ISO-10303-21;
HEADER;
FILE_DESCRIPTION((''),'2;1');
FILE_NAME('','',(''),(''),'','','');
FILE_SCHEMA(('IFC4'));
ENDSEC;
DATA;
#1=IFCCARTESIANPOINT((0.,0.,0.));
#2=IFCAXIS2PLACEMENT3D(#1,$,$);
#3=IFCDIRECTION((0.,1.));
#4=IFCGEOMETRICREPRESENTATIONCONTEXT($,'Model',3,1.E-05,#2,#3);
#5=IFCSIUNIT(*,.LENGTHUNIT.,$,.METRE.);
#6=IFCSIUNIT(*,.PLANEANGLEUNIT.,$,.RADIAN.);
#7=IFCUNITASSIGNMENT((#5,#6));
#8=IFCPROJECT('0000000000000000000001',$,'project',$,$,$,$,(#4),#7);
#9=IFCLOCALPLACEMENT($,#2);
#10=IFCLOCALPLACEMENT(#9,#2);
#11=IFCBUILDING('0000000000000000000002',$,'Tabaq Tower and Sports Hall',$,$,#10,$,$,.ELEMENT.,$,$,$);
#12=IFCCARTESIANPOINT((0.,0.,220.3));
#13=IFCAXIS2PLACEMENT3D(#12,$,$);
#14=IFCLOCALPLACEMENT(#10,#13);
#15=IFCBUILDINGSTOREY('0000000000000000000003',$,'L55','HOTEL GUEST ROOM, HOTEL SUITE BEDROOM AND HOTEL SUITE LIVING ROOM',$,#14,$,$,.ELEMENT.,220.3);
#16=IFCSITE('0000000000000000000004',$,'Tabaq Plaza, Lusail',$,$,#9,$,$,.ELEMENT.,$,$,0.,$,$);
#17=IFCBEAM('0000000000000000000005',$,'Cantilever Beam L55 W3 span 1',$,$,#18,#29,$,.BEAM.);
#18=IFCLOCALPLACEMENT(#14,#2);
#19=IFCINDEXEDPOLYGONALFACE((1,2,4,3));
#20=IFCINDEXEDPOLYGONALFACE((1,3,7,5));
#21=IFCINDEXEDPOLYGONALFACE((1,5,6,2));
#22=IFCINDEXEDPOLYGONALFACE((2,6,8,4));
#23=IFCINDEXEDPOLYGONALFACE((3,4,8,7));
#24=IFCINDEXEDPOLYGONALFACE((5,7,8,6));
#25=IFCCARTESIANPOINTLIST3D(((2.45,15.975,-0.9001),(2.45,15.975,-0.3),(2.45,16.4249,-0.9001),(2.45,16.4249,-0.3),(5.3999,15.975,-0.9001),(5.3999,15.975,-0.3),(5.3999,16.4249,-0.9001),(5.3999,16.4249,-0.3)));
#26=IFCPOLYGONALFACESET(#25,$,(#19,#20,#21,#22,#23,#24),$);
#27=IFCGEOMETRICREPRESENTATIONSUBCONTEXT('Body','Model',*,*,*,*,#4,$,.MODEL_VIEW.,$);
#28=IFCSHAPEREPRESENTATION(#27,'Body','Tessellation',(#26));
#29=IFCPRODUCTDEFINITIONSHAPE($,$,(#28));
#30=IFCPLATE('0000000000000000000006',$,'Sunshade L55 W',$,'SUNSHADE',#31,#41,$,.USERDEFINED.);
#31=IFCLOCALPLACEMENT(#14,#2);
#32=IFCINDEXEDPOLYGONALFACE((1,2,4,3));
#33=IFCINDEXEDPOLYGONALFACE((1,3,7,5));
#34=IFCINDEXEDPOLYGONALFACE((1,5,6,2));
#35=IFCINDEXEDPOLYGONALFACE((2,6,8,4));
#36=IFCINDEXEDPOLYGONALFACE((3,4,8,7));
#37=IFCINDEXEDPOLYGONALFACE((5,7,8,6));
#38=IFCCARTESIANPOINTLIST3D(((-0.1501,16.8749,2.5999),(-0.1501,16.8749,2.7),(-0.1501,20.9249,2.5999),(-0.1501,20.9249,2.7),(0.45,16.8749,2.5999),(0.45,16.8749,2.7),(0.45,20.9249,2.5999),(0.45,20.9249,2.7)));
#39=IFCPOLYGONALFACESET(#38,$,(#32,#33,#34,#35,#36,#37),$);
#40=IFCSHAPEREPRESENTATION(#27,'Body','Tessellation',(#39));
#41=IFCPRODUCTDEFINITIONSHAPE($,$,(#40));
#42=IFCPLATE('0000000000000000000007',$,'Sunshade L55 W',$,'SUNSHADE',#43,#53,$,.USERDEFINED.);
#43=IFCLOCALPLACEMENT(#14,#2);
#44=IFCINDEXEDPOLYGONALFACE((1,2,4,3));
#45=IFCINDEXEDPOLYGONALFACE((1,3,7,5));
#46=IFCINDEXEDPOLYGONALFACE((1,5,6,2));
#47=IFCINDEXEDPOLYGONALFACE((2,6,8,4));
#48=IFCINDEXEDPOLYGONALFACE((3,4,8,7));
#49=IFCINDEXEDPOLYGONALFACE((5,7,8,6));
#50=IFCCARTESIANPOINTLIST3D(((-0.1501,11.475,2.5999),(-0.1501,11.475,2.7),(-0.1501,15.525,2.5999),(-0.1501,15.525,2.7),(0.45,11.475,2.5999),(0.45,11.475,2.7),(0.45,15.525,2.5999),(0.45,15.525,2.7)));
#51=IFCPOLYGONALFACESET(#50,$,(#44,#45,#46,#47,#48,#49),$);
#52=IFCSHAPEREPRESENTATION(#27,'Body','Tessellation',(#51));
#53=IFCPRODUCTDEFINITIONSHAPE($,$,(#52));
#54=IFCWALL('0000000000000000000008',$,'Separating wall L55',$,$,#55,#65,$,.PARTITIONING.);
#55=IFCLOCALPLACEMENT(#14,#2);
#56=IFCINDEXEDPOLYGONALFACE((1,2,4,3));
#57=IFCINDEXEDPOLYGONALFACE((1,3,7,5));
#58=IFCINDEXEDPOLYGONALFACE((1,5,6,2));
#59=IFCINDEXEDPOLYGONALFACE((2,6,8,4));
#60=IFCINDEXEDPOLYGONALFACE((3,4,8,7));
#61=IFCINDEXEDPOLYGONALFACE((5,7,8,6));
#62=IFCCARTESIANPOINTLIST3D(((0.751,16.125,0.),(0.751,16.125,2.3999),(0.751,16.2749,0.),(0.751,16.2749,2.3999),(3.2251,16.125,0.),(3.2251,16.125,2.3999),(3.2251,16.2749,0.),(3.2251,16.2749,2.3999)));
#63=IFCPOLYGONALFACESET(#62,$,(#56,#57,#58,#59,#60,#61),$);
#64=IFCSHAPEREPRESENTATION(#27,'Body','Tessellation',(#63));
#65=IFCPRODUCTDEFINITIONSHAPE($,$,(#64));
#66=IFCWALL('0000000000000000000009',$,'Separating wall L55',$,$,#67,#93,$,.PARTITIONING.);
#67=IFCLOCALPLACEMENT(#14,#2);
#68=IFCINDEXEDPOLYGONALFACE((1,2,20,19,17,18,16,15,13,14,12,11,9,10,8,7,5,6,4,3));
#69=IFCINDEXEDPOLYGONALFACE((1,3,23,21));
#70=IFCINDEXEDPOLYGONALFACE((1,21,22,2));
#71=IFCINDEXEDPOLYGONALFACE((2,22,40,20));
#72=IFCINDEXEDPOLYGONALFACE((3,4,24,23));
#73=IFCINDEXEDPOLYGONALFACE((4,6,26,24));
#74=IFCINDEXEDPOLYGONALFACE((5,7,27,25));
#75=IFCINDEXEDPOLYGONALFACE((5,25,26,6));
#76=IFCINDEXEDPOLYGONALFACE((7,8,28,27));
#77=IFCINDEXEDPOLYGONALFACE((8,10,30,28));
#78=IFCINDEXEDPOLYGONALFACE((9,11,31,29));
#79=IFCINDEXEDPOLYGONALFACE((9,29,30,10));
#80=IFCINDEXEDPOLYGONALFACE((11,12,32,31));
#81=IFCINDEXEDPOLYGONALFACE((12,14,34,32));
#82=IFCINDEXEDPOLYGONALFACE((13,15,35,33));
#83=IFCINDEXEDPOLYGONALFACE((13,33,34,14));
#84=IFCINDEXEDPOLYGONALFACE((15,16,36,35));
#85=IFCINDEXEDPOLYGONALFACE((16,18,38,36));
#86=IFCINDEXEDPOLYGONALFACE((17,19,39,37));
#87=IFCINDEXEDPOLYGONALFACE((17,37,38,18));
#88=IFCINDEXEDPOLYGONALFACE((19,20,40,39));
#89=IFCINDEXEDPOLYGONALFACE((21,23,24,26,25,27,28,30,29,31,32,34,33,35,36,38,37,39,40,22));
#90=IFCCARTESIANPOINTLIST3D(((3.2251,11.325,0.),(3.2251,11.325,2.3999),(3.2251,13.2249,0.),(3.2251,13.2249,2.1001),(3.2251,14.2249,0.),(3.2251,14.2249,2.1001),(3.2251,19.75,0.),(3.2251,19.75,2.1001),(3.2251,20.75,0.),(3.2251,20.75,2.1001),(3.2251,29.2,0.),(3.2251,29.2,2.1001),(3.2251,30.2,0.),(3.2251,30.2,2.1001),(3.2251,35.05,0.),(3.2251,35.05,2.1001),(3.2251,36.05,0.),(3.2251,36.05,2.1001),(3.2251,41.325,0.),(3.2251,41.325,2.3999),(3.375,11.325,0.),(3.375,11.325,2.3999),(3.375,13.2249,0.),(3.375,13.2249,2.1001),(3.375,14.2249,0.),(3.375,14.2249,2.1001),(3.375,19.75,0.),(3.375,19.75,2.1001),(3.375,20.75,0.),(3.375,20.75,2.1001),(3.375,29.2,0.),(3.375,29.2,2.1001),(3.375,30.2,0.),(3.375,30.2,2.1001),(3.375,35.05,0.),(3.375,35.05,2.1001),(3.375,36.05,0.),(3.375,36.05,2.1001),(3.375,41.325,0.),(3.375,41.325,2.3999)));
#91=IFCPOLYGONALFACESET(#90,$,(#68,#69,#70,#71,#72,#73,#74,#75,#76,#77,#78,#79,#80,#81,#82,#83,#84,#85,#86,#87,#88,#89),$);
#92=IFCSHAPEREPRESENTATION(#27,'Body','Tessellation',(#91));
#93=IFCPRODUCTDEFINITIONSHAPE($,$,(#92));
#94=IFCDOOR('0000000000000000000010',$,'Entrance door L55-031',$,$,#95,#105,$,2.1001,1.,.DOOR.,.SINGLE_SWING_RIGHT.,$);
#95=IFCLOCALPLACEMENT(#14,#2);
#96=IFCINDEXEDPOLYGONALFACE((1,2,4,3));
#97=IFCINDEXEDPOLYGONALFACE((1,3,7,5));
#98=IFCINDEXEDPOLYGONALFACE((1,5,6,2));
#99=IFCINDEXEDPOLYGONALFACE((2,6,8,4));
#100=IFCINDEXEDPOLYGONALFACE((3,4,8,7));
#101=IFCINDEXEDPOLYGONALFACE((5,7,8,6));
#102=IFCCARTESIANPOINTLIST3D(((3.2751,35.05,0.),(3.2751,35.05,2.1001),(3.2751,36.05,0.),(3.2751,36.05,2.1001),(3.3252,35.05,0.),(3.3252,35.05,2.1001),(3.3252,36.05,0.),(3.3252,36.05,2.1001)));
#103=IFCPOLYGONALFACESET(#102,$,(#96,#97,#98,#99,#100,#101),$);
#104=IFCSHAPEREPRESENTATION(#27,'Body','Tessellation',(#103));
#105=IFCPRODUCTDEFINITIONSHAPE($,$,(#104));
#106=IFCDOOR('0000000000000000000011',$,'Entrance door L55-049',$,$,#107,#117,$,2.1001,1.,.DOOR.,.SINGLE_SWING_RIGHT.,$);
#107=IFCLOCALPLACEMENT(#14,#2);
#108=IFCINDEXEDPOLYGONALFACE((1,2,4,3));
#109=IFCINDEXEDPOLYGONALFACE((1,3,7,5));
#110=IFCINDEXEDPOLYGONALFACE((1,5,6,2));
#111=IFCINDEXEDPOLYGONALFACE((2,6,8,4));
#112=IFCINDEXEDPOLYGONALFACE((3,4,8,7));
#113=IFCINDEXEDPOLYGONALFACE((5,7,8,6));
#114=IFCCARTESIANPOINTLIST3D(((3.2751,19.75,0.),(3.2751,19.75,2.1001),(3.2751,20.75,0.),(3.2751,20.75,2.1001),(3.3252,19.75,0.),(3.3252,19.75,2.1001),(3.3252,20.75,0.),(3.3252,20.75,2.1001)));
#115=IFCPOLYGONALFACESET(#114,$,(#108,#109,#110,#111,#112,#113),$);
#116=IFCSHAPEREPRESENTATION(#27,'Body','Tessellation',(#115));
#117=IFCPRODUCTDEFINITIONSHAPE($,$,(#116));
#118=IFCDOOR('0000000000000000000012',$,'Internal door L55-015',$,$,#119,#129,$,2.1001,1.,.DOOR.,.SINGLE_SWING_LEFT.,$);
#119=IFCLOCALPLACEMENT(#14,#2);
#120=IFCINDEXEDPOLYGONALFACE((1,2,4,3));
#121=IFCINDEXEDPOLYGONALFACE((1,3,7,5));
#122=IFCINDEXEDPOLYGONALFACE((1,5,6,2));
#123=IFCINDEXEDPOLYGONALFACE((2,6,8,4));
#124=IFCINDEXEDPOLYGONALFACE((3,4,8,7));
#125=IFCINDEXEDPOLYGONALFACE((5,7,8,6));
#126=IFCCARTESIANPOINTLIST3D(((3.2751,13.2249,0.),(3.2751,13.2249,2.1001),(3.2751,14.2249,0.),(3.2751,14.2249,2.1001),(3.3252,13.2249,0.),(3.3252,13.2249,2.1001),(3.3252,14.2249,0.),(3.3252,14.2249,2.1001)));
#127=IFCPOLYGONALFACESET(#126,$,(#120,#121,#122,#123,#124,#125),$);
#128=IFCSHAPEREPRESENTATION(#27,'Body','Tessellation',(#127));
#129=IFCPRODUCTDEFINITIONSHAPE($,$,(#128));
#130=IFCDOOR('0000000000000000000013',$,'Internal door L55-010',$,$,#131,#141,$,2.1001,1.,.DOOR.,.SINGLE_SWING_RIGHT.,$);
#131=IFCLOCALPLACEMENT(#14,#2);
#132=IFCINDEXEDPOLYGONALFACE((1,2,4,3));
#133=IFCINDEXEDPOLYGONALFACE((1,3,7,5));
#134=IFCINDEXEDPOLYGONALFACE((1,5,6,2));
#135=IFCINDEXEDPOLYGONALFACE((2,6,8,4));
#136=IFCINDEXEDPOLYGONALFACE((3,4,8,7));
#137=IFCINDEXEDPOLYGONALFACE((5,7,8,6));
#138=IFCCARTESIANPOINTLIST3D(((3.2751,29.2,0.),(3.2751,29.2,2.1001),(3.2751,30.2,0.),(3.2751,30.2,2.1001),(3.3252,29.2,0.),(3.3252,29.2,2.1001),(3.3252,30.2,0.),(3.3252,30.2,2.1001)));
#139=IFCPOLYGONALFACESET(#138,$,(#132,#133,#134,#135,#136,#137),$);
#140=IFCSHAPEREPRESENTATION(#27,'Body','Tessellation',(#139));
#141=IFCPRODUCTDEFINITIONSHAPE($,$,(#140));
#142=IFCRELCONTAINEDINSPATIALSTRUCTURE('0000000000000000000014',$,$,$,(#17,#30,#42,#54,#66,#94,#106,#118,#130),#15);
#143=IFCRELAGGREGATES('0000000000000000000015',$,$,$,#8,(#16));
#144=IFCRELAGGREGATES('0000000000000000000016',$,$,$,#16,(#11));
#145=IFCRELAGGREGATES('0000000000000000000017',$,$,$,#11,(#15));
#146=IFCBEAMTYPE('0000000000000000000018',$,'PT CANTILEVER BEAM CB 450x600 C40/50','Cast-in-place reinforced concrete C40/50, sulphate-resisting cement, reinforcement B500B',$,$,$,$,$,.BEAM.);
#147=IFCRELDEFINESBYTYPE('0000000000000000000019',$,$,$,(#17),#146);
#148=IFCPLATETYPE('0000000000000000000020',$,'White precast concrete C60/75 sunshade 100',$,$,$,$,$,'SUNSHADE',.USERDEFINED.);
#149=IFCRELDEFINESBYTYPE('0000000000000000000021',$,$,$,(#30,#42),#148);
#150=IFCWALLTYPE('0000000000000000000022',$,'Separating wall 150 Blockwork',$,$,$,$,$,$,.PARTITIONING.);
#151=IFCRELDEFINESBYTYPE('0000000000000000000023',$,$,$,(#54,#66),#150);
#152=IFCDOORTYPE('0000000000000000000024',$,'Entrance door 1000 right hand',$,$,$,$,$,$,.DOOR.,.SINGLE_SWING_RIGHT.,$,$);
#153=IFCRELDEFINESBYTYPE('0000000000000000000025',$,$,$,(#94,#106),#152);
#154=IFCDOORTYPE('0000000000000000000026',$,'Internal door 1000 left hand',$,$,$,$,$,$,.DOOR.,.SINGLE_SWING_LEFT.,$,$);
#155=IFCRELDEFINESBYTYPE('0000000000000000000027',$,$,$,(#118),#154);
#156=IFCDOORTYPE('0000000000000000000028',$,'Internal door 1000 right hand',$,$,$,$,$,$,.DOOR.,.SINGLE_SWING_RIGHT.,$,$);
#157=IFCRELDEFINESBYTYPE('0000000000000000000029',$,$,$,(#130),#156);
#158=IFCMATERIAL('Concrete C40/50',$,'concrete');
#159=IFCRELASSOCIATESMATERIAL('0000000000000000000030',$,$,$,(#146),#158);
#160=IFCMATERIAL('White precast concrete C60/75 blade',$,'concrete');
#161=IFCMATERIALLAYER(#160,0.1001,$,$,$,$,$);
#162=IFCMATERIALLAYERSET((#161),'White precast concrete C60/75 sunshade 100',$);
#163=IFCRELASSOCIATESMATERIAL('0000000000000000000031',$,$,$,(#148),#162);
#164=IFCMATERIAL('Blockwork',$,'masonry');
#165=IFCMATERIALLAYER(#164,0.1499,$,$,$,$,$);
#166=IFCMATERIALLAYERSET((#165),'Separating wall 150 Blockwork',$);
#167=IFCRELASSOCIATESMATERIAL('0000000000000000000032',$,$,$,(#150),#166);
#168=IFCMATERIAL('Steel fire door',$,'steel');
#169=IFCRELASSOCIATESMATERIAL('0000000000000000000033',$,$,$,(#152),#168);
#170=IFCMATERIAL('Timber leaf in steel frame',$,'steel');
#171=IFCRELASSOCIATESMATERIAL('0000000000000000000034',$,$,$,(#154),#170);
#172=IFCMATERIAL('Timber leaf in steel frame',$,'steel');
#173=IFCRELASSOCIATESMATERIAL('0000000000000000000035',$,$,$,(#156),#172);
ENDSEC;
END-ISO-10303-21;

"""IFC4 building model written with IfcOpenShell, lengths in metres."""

from ifc_helpers import new_model, si_unit, direction, frame, frame_2d, origin, origin_2d, place, context, subcontext, project, spatial, rectangle, extrude, material, layer, layer_set, material_profile, profile_set, type_object, element, fill, save


model = new_model("IFC4")

# Units and contexts
model_context = context("Model", 3, precision=1e-05, world=origin(), true_north=direction((0.0, 1.0)))
body_context = subcontext(model_context, "Body", "Model", "MODEL_VIEW")
ifc_project = project(units=[si_unit("LENGTHUNIT", "METRE"), si_unit("PLANEANGLEUNIT", "RADIAN")], contexts=[model_context])

# Site, building, storey
site_placement = place(None, origin())
site = spatial("IfcSite", under=ifc_project, at=site_placement, Name="Tabaq Plaza, Lusail", CompositionType="ELEMENT", RefElevation=0.0)
building_placement = place(site_placement, origin())
building = spatial("IfcBuilding", under=site, at=building_placement, Name="Tabaq Tower and Sports Hall", CompositionType="ELEMENT")
storey_placement = place(building_placement, frame((0.0, 0.0, 220.3)))
storey = spatial("IfcBuildingStorey", under=building, at=storey_placement, Name="L55", Description="HOTEL GUEST ROOM, HOTEL SUITE BEDROOM AND HOTEL SUITE LIVING ROOM", CompositionType="ELEMENT", Elevation=220.3)

# Beam
ifc_material_1 = material(Name="Concrete C40/50", Category="concrete")
ifc_material_profile = material_profile(ifc_material_1, rectangle(XDim=0.45, YDim=0.6001, at=origin_2d()), Name="CB 450x600")
ifc_profile_set = profile_set([ifc_material_profile], Name="Concrete C40/50")
beam_type = type_object("IfcBeamType", Name="PT CANTILEVER BEAM CB 450x600 C40/50", Description="Cast-in-place reinforced concrete C40/50, sulphate-resisting cement, reinforcement B500B", PredefinedType="BEAM", material=ifc_profile_set)
beam_placement = place(storey_placement, frame((2.45, 16.2, -0.6001), z_axis=(1.0, 0.0, 0.0), x_axis=(0.0, 1.0, 0.0)))
element("IfcBeam", 1, at=beam_placement, inside=storey, type_object=beam_type, Name="Cantilever Beam L55 W3 span 1", PredefinedType="BEAM", context=body_context, shape_type="SweptSolid", body=[
    extrude(rectangle(XDim=0.45, YDim=0.6001, at=origin_2d()), origin(), (0.0, 0.0, 1.0), 2.95),
])

# Plates
ifc_material_2 = material(Name="White precast concrete C60/75 blade", Category="concrete")
ifc_layer_1 = layer(ifc_material_2, 0.1001)
ifc_layer_set_1 = layer_set([ifc_layer_1], Name="White precast concrete C60/75 sunshade 100")
plate_type = type_object("IfcPlateType", Name="White precast concrete C60/75 sunshade 100", ElementType="SUNSHADE", PredefinedType="USERDEFINED", material=ifc_layer_set_1)
for number, where, z_axis, x_axis, name in (
    (2, (0.1499, 18.8999, 2.5999), (0.0, 0.0, 1.0), (0.0, -1.0, 0.0), "Sunshade L55 W"),
    (3, (0.1499, 13.5, 2.5999), (0.0, 0.0, 1.0), (0.0, -1.0, 0.0), "Sunshade L55 W"),
):
    element("IfcPlate", number, at=place(storey_placement, frame(where, z_axis=z_axis, x_axis=x_axis)), inside=storey, type_object=plate_type, Name=name, ObjectType="SUNSHADE", PredefinedType="USERDEFINED", context=body_context, shape_type="SweptSolid", body=[
        extrude(rectangle(XDim=4.05, YDim=0.6001, at=origin_2d()), origin(), (0.0, 0.0, 1.0), 0.1001),
    ])

# Wall
ifc_material_3 = material(Name="Blockwork", Category="masonry")
ifc_layer_2 = layer(ifc_material_3, 0.1499)
ifc_layer_set_2 = layer_set([ifc_layer_2], Name="Separating wall 150 Blockwork")
wall_type = type_object("IfcWallType", Name="Separating wall 150 Blockwork", PredefinedType="PARTITIONING", material=ifc_layer_set_2)
wall_1_placement = place(storey_placement, frame((3.2251, 16.2, 0.0), z_axis=(0.0, 0.0, 1.0), x_axis=(-1.0, 0.0, 0.0)))
element("IfcWall", 4, at=wall_1_placement, inside=storey, type_object=wall_type, Name="Separating wall L55", PredefinedType="PARTITIONING", context=body_context, shape_type="SweptSolid", body=[
    extrude(rectangle(XDim=2.4741, YDim=0.1499, at=frame_2d((1.2371, 0.0))), origin(), (0.0, 0.0, 1.0), 2.3999),
])

# Wall, openings, doors
wall_2_placement = place(storey_placement, frame((3.3, 11.325, 0.0), z_axis=(0.0, 0.0, 1.0), x_axis=(0.0, 1.0, 0.0)))
wall_2 = element("IfcWall", 5, at=wall_2_placement, inside=storey, type_object=wall_type, Name="Separating wall L55", PredefinedType="PARTITIONING", context=body_context, shape_type="SweptSolid", body=[
    extrude(rectangle(XDim=30.0, YDim=0.1499, at=frame_2d((15.0, 0.0))), origin(), (0.0, 0.0, 1.0), 2.3999),
])
opening_1_placement = place(wall_2_placement, frame((17.875, 0.0, 0.0)))
opening_1 = element("IfcOpeningElement", 6, at=opening_1_placement, cuts=wall_2, PredefinedType="OPENING", context=body_context, shape_type="SweptSolid", body=[
    extrude(rectangle(XDim=1.0, YDim=2.1001, at=frame_2d((0.5, 1.05))), frame((0.0, 0.075, 0.0), z_axis=(0.0, -1.0, 0.0), x_axis=(1.0, 0.0, 0.0)), (0.0, 0.0, 1.0), 0.1499),
])
opening_2_placement = place(wall_2_placement, frame((1.8999, 0.0, 0.0)))
opening_2 = element("IfcOpeningElement", 7, at=opening_2_placement, cuts=wall_2, PredefinedType="OPENING", context=body_context, shape_type="SweptSolid", body=[
    extrude(rectangle(XDim=1.0, YDim=2.1001, at=frame_2d((0.5, 1.05))), frame((0.0, 0.075, 0.0), z_axis=(0.0, -1.0, 0.0), x_axis=(1.0, 0.0, 0.0)), (0.0, 0.0, 1.0), 0.1499),
])
opening_3_placement = place(wall_2_placement, frame((23.7251, 0.0, 0.0)))
opening_3 = element("IfcOpeningElement", 8, at=opening_3_placement, cuts=wall_2, PredefinedType="OPENING", context=body_context, shape_type="SweptSolid", body=[
    extrude(rectangle(XDim=1.0, YDim=2.1001, at=frame_2d((0.5, 1.05))), frame((0.0, 0.075, 0.0), z_axis=(0.0, -1.0, 0.0), x_axis=(1.0, 0.0, 0.0)), (0.0, 0.0, 1.0), 0.1499),
])
opening_4_placement = place(wall_2_placement, frame((8.425, 0.0, 0.0)))
opening_4 = element("IfcOpeningElement", 9, at=opening_4_placement, cuts=wall_2, PredefinedType="OPENING", context=body_context, shape_type="SweptSolid", body=[
    extrude(rectangle(XDim=1.0, YDim=2.1001, at=frame_2d((0.5, 1.05))), frame((0.0, 0.075, 0.0), z_axis=(0.0, -1.0, 0.0), x_axis=(1.0, 0.0, 0.0)), (0.0, 0.0, 1.0), 0.1499),
])
ifc_material_4 = material(Name="Steel fire door", Category="steel")
door_type_1 = type_object("IfcDoorType", Name="Entrance door 1000 right hand", OperationType="SINGLE_SWING_RIGHT", PredefinedType="DOOR", material=ifc_material_4)
door_1_placement = place(opening_3_placement, origin())
door_1 = element("IfcDoor", 10, at=door_1_placement, inside=storey, type_object=door_type_1, Name="Entrance door L55-031", OperationType="SINGLE_SWING_RIGHT", OverallHeight=2.1001, OverallWidth=1.0, PredefinedType="DOOR", context=body_context, shape_type="SweptSolid", body=[
    extrude(rectangle(XDim=1.0, YDim=2.1001, at=frame_2d((0.5, 1.05))), frame((0.0, 0.0249, 0.0), z_axis=(0.0, -1.0, 0.0), x_axis=(1.0, 0.0, 0.0)), (0.0, 0.0, 1.0), 0.05),
])
fill(opening_3, door_1)
door_2_placement = place(opening_4_placement, origin())
door_2 = element("IfcDoor", 11, at=door_2_placement, inside=storey, type_object=door_type_1, Name="Entrance door L55-049", OperationType="SINGLE_SWING_RIGHT", OverallHeight=2.1001, OverallWidth=1.0, PredefinedType="DOOR", context=body_context, shape_type="SweptSolid", body=[
    extrude(rectangle(XDim=1.0, YDim=2.1001, at=frame_2d((0.5, 1.05))), frame((0.0, 0.0249, 0.0), z_axis=(0.0, -1.0, 0.0), x_axis=(1.0, 0.0, 0.0)), (0.0, 0.0, 1.0), 0.05),
])
fill(opening_4, door_2)
ifc_material_5 = material(Name="Timber leaf in steel frame", Category="steel")
door_type_2 = type_object("IfcDoorType", Name="Internal door 1000 left hand", OperationType="SINGLE_SWING_LEFT", PredefinedType="DOOR", material=ifc_material_5)
door_3_placement = place(opening_2_placement, origin())
door_3 = element("IfcDoor", 12, at=door_3_placement, inside=storey, type_object=door_type_2, Name="Internal door L55-015", OperationType="SINGLE_SWING_LEFT", OverallHeight=2.1001, OverallWidth=1.0, PredefinedType="DOOR", context=body_context, shape_type="SweptSolid", body=[
    extrude(rectangle(XDim=1.0, YDim=2.1001, at=frame_2d((0.5, 1.05))), frame((0.0, 0.0249, 0.0), z_axis=(0.0, -1.0, 0.0), x_axis=(1.0, 0.0, 0.0)), (0.0, 0.0, 1.0), 0.05),
])
fill(opening_2, door_3)
ifc_material_6 = material(Name="Timber leaf in steel frame", Category="steel")
door_type_3 = type_object("IfcDoorType", Name="Internal door 1000 right hand", OperationType="SINGLE_SWING_RIGHT", PredefinedType="DOOR", material=ifc_material_6)
door_4_placement = place(opening_1_placement, origin())
door_4 = element("IfcDoor", 13, at=door_4_placement, inside=storey, type_object=door_type_3, Name="Internal door L55-010", OperationType="SINGLE_SWING_RIGHT", OverallHeight=2.1001, OverallWidth=1.0, PredefinedType="DOOR", context=body_context, shape_type="SweptSolid", body=[
    extrude(rectangle(XDim=1.0, YDim=2.1001, at=frame_2d((0.5, 1.05))), frame((0.0, 0.0249, 0.0), z_axis=(0.0, -1.0, 0.0), x_axis=(1.0, 0.0, 0.0)), (0.0, 0.0, 1.0), 0.05),
])
fill(opening_1, door_4)

save(model, "model.ifc")
